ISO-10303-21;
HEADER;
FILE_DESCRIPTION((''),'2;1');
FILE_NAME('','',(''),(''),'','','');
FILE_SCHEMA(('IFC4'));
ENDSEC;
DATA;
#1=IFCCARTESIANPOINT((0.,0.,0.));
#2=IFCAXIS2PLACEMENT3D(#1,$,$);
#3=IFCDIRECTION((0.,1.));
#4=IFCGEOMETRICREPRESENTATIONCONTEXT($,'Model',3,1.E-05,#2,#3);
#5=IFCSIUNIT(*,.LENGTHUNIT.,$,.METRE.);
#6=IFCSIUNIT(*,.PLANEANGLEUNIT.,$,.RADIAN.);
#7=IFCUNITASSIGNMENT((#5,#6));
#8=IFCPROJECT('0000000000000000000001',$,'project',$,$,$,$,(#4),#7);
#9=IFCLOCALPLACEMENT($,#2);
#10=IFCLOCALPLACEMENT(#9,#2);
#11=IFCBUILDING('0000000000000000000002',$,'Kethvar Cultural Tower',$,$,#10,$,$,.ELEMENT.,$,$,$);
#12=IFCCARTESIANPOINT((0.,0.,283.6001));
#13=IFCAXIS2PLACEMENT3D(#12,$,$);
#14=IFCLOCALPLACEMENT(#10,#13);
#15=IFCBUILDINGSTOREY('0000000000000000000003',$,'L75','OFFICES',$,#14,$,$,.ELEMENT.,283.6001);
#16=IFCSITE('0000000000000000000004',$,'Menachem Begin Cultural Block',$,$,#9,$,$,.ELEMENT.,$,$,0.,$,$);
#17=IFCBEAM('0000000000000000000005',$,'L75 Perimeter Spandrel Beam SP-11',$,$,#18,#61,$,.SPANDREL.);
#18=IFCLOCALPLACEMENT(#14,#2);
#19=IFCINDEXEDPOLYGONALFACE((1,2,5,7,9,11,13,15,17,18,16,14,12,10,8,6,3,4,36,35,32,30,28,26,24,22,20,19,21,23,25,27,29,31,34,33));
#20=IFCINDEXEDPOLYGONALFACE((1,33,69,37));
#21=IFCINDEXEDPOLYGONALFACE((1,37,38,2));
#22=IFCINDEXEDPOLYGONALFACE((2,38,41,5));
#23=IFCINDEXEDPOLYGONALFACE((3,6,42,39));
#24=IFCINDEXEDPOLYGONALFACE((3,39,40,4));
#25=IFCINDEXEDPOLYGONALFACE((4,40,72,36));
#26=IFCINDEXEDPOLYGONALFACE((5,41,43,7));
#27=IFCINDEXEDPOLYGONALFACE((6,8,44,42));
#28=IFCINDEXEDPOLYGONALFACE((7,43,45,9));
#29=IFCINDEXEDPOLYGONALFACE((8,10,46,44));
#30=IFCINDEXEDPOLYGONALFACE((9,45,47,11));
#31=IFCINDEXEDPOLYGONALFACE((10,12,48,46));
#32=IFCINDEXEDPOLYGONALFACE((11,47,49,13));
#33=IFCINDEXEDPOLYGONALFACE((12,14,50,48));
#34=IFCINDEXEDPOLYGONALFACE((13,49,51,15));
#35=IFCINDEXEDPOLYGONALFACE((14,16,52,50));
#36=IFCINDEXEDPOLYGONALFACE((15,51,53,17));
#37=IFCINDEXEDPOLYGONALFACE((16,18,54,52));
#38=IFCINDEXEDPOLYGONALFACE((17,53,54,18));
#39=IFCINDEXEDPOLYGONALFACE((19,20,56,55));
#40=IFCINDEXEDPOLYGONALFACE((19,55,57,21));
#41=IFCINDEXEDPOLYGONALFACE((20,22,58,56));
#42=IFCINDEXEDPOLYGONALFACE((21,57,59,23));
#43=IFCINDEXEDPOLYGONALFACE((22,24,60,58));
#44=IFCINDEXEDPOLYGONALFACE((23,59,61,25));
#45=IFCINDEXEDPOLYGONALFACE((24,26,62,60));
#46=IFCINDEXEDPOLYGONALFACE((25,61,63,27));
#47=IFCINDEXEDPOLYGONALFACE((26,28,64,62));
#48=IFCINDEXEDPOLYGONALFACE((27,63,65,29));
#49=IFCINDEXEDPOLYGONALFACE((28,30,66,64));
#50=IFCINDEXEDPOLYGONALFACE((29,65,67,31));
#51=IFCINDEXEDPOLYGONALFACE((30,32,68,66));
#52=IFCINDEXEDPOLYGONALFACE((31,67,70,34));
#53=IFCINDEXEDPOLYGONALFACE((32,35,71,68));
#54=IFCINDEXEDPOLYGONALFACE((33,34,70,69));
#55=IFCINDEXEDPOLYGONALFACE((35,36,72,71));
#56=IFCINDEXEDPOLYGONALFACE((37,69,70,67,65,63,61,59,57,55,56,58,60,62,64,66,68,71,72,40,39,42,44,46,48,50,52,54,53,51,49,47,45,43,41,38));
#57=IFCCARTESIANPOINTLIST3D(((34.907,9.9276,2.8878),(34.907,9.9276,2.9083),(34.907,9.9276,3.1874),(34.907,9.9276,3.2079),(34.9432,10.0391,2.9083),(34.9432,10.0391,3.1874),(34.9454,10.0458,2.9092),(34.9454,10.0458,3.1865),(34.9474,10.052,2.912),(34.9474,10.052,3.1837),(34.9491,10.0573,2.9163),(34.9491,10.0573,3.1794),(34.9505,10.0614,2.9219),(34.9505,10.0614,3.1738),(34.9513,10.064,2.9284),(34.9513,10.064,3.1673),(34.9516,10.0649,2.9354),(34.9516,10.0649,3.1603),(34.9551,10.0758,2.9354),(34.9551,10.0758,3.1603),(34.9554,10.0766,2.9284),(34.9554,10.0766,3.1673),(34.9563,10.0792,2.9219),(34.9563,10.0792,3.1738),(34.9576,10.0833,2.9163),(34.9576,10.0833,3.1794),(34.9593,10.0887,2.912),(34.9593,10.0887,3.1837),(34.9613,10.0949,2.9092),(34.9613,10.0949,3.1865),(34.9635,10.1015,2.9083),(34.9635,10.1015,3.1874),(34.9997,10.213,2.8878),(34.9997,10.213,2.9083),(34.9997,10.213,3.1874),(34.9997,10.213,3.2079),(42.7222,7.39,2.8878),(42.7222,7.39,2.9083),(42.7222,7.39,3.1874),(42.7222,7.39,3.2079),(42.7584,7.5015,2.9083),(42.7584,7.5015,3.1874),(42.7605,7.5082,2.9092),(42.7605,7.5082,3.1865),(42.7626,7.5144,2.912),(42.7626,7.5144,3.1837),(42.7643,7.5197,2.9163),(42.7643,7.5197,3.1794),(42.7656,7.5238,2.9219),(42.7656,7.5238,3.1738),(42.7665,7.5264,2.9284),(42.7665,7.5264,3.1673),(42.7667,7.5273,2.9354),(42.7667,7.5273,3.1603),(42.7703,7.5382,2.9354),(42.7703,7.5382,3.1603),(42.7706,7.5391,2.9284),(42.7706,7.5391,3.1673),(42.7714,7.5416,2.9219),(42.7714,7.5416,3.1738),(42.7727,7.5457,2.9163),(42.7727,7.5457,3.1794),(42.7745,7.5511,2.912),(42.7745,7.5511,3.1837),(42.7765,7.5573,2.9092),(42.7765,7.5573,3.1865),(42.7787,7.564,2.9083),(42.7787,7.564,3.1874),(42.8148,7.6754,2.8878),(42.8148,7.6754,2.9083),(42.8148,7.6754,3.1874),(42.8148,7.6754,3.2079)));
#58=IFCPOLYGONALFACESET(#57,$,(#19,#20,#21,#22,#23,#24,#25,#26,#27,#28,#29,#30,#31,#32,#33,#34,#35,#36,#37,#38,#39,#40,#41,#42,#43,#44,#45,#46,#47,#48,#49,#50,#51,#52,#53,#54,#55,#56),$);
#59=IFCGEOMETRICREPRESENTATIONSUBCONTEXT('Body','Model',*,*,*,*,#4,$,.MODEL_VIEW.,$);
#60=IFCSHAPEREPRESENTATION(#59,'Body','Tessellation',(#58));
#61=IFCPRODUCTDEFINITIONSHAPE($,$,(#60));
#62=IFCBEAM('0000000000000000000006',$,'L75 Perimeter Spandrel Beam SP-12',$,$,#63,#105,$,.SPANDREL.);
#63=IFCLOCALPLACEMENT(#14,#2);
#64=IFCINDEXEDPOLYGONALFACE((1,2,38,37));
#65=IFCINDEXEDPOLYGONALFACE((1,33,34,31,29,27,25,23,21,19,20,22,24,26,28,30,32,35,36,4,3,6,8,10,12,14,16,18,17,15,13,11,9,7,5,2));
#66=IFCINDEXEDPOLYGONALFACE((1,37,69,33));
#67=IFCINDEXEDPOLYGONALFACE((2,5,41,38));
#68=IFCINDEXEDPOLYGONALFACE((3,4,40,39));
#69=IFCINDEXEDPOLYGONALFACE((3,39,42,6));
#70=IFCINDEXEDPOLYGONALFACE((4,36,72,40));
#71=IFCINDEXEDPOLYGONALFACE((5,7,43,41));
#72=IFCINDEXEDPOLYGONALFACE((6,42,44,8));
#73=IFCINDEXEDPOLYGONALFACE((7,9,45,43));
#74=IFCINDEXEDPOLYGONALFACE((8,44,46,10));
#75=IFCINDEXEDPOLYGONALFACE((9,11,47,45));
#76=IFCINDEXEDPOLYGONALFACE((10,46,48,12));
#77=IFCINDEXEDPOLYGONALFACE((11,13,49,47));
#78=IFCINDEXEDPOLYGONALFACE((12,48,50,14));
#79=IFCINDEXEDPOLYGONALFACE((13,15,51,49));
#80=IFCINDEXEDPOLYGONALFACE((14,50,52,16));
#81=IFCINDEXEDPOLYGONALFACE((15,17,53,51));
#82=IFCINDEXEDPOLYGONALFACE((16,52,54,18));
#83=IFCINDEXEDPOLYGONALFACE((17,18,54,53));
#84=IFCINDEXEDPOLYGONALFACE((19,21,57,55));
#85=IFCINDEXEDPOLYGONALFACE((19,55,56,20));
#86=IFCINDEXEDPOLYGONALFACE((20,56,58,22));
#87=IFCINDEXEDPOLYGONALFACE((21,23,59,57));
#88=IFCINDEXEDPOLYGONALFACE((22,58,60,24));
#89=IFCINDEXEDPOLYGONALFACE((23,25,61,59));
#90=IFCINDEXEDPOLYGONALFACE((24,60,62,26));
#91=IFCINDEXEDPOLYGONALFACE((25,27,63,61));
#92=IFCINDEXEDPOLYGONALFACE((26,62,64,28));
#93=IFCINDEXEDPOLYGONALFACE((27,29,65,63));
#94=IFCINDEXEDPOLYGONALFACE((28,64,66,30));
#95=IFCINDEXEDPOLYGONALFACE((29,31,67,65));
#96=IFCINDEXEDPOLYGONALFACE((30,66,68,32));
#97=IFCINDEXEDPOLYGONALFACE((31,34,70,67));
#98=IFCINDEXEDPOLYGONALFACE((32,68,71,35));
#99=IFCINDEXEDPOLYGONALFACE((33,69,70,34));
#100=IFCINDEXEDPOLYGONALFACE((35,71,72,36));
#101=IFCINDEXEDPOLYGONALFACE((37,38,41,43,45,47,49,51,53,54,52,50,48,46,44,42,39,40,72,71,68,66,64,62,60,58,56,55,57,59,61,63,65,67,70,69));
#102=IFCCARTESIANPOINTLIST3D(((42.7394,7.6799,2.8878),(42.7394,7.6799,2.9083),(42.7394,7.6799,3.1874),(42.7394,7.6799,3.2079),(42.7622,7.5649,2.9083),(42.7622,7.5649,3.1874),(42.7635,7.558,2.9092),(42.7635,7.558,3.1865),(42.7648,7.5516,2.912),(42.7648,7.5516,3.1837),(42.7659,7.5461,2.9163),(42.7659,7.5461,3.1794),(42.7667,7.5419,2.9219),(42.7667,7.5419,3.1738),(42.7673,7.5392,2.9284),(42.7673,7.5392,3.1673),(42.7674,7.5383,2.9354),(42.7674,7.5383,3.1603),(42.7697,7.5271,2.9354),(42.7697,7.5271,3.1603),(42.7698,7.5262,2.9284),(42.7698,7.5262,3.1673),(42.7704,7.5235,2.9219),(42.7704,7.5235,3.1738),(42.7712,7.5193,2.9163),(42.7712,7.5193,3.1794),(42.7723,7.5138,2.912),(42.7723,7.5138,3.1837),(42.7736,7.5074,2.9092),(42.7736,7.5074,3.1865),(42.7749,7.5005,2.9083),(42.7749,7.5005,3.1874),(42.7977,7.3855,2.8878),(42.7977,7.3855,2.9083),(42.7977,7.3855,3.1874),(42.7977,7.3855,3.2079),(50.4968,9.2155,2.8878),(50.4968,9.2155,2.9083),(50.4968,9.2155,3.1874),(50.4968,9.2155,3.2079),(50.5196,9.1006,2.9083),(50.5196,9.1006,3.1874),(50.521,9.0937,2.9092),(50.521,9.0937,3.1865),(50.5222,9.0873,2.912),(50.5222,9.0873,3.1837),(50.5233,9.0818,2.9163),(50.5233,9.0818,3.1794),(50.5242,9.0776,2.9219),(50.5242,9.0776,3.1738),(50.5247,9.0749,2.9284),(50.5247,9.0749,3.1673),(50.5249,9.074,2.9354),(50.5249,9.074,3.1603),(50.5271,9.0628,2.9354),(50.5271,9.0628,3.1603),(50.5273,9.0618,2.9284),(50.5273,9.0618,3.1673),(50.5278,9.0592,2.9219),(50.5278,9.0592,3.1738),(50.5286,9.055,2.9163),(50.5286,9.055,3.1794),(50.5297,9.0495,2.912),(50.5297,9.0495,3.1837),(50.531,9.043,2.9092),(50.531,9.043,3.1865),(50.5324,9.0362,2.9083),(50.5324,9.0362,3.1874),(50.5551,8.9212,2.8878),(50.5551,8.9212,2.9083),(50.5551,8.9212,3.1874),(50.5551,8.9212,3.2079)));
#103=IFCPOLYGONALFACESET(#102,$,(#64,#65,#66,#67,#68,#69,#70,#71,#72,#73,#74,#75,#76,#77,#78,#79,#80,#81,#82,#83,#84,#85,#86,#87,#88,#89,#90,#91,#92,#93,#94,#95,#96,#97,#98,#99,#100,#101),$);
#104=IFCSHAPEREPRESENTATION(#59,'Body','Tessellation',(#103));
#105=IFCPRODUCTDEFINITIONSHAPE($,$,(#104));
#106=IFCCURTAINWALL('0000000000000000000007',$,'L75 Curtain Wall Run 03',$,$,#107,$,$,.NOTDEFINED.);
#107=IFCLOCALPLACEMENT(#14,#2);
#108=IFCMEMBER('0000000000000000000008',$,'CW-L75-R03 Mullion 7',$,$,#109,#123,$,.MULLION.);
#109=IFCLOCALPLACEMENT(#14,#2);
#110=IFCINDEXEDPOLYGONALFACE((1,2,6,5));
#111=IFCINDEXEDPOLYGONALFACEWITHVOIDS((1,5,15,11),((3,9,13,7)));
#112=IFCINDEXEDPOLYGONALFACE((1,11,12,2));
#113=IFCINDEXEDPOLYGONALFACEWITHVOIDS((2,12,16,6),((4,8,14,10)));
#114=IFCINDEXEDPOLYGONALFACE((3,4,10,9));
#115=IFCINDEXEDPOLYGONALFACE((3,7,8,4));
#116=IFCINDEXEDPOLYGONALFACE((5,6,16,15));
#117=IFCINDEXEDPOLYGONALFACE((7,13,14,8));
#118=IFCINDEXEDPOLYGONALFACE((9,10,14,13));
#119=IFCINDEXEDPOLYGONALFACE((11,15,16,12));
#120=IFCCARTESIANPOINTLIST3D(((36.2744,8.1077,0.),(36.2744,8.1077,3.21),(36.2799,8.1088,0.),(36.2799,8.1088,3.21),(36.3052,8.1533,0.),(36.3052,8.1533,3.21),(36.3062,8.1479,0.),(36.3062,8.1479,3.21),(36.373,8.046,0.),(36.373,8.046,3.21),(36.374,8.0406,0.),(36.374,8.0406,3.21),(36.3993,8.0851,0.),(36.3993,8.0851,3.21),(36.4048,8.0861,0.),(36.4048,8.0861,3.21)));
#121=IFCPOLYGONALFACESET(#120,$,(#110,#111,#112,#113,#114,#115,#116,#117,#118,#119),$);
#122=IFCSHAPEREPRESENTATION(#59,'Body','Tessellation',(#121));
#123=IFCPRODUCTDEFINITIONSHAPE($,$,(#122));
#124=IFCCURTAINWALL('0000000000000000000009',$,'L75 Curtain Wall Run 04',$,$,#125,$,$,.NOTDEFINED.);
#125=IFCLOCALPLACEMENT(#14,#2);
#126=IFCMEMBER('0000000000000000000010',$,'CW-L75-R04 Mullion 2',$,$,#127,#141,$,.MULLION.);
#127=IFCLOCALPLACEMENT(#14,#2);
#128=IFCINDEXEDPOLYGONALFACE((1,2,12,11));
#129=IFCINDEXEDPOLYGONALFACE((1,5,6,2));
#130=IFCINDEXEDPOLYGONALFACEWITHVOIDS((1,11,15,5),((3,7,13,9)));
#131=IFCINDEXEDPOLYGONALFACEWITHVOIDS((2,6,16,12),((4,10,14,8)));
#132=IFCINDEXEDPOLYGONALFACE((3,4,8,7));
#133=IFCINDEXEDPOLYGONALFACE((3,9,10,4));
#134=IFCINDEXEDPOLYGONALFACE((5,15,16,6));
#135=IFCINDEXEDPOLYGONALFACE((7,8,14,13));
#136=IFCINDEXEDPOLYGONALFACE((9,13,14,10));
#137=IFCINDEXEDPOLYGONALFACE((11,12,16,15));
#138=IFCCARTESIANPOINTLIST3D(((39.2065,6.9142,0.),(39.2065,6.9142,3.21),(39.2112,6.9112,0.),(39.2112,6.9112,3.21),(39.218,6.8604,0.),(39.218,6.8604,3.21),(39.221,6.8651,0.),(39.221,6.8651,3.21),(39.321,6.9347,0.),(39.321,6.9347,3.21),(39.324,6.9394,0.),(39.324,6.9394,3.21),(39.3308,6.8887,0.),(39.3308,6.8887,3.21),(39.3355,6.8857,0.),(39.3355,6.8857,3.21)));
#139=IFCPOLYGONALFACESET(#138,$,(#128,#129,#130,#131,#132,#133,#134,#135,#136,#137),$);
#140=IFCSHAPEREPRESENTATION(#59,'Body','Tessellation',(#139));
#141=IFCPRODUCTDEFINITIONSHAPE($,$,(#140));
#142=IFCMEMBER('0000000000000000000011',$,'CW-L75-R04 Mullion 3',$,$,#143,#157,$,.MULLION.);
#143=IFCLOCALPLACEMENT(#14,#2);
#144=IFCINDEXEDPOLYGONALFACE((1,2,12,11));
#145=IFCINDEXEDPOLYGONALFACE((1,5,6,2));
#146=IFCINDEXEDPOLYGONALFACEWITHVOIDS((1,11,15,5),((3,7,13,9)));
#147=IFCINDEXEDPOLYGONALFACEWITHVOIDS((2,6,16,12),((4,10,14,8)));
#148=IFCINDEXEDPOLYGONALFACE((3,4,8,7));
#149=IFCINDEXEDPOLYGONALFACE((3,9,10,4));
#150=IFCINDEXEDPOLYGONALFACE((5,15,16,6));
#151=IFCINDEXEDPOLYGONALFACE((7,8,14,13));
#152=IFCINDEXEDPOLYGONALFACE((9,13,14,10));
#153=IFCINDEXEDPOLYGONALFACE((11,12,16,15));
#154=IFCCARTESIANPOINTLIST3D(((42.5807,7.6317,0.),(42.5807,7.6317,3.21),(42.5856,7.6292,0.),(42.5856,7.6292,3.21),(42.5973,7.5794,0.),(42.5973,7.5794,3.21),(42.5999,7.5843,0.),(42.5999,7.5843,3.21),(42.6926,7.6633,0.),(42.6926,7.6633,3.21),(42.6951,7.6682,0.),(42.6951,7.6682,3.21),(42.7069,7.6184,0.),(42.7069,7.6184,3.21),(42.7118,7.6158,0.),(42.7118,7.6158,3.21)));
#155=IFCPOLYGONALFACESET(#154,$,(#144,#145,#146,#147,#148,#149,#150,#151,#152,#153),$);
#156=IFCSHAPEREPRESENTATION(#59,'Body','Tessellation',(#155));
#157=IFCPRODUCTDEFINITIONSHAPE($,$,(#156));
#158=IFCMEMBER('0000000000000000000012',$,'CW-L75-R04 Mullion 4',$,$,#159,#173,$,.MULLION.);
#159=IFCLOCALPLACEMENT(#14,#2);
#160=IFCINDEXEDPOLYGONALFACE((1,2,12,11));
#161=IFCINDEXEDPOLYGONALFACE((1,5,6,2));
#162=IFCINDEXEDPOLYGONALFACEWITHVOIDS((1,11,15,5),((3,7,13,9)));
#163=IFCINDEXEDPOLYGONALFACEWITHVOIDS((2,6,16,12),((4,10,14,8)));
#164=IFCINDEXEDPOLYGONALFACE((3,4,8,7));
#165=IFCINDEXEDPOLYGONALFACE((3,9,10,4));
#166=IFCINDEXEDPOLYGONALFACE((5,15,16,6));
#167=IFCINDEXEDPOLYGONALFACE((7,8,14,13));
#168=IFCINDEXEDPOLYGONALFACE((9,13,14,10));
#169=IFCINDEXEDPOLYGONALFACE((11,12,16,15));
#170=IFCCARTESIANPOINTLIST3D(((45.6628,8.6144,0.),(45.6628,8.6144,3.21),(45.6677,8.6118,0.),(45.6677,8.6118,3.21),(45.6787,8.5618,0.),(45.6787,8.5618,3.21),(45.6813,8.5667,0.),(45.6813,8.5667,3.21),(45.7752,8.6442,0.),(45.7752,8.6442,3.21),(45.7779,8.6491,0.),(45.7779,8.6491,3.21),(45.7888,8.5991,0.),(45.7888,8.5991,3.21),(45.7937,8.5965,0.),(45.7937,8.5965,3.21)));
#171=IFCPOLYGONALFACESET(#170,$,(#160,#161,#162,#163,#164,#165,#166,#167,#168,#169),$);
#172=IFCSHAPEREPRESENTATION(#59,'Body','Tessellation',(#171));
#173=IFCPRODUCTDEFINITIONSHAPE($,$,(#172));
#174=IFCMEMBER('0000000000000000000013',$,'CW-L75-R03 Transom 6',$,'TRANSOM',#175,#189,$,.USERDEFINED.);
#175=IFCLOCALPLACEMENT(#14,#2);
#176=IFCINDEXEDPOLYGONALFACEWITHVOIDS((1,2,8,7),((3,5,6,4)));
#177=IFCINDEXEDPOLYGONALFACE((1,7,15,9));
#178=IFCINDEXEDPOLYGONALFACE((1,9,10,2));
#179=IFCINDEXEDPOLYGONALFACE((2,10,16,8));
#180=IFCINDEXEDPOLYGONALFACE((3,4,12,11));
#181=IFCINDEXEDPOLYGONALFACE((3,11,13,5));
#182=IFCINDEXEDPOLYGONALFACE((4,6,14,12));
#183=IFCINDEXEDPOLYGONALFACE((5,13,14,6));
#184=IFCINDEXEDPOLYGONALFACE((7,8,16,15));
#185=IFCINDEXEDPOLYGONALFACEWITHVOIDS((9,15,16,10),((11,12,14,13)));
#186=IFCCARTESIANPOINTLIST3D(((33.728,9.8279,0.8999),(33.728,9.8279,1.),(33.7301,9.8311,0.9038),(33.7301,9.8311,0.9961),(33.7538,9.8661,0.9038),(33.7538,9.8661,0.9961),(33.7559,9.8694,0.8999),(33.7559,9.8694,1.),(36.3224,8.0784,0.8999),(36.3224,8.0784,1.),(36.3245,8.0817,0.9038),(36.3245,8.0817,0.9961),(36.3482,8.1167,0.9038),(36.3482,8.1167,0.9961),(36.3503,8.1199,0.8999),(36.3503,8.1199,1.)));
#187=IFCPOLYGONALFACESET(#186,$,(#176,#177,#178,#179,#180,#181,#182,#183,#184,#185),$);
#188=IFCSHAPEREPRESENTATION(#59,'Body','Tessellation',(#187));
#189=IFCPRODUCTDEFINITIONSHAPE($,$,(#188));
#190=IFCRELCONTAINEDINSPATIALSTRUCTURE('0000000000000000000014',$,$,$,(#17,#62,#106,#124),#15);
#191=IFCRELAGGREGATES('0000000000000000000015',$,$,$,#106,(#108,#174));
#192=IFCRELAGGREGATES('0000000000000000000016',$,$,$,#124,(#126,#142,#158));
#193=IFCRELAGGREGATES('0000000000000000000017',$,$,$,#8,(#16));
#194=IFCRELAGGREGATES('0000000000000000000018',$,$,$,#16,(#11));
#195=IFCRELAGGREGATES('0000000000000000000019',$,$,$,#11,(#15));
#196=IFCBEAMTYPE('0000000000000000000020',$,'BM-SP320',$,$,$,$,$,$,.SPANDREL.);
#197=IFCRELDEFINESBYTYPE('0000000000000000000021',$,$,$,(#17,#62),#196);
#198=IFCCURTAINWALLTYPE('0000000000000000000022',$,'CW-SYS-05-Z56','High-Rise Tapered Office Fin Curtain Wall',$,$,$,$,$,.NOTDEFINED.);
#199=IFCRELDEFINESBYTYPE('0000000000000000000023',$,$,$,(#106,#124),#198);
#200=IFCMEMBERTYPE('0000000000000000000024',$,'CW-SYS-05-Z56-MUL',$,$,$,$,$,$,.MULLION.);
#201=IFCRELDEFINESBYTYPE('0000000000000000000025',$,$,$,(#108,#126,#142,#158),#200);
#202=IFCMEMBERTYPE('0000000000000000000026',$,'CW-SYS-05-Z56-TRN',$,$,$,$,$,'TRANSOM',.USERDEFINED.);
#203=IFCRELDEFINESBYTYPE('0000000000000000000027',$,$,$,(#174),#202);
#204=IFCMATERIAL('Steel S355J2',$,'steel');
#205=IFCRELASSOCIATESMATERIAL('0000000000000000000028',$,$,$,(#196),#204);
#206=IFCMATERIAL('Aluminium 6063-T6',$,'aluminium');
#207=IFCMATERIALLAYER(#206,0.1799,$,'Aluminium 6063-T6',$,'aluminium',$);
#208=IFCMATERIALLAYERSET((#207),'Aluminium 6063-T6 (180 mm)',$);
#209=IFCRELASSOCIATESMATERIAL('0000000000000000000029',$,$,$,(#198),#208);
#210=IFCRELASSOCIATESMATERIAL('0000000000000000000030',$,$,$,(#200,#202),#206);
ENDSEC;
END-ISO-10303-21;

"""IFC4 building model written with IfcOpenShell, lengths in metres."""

from ifc_helpers import new_model, si_unit, direction, frame, origin, origin_2d, place, context, subcontext, project, spatial, hollow_rectangle, i_section, extrude, source, transform, mapped, material, layer, layer_set, material_profile, profile_set, type_object, element, aggregate, save


model = new_model("IFC4")

# Units and contexts
model_context = context("Model", 3, precision=1e-05, world=origin(), true_north=direction((0.0, 1.0)))
body_context = subcontext(model_context, "Body", "Model", "MODEL_VIEW")
ifc_project = project(units=[si_unit("LENGTHUNIT", "METRE"), si_unit("PLANEANGLEUNIT", "RADIAN")], contexts=[model_context])

# Site, building, storey
site_placement = place(None, origin())
site = spatial("IfcSite", under=ifc_project, at=site_placement, Name="Menachem Begin Cultural Block", CompositionType="ELEMENT", RefElevation=0.0)
building_placement = place(site_placement, origin())
building = spatial("IfcBuilding", under=site, at=building_placement, Name="Kethvar Cultural Tower", CompositionType="ELEMENT")
storey_placement = place(building_placement, frame((0.0, 0.0, 283.6001)))
storey = spatial("IfcBuildingStorey", under=building, at=storey_placement, Name="L75", Description="OFFICES", CompositionType="ELEMENT", Elevation=283.6001)

# Beams
ifc_material_1 = material(Name="Steel S355J2", Category="steel")
ifc_material_profile_1 = material_profile(ifc_material_1, i_section(OverallWidth=0.3, OverallDepth=0.3201, WebThickness=0.0115, FlangeThickness=0.0205, FilletRadius=0.0271, at=origin_2d()), Name="Steel S355J2 — HEB320")
ifc_profile_set_1 = profile_set([ifc_material_profile_1], Name="Steel S355J2 — HEB320")
beam_type = type_object("IfcBeamType", Name="BM-SP320", PredefinedType="SPANDREL", material=ifc_profile_set_1)
shared_shape_1 = source(origin(), body_context, "Body", "SweptSolid", [
    extrude(i_section(OverallWidth=0.3, OverallDepth=0.3201, WebThickness=0.0115, FlangeThickness=0.0205, FilletRadius=0.0271, at=origin_2d()), origin(), (0.0, 0.0, 1.0), 8.2168),
])
beam_1_placement = place(storey_placement, frame((34.9534, 10.0703, 3.0479), z_axis=(0.951118, -0.308829, 0.0), x_axis=(0.308829, 0.951118, 0.0)))
element("IfcBeam", 1, at=beam_1_placement, inside=storey, type_object=beam_type, Name="L75 Perimeter Spandrel Beam SP-11", PredefinedType="SPANDREL", context=body_context, shape_type="MappedRepresentation", body=[
    mapped(shared_shape_1, transform((0.0, 0.0, 0.0), scale=1.0)),
])
shared_shape_2 = source(origin(), body_context, "Body", "SweptSolid", [
    extrude(i_section(OverallWidth=0.3, OverallDepth=0.3201, WebThickness=0.0115, FlangeThickness=0.0205, FilletRadius=0.0271, at=origin_2d()), origin(), (0.0, 0.0, 1.0), 7.908),
])
beam_2_placement = place(storey_placement, frame((42.7686, 7.5327, 3.0479), z_axis=(0.980964, 0.194192, 0.0), x_axis=(-0.194192, 0.980964, 0.0)))
element("IfcBeam", 2, at=beam_2_placement, inside=storey, type_object=beam_type, Name="L75 Perimeter Spandrel Beam SP-12", PredefinedType="SPANDREL", context=body_context, shape_type="MappedRepresentation", body=[
    mapped(shared_shape_2, transform((0.0, 0.0, 0.0), scale=1.0)),
])

# Curtain wall, member
ifc_material_2 = material(Name="Aluminium 6063-T6", Category="aluminium")
ifc_layer_1 = layer(ifc_material_2, 0.1799, Name="Aluminium 6063-T6", Category="aluminium")
ifc_layer_set_1 = layer_set([ifc_layer_1], Name="Aluminium 6063-T6 (180 mm)")
curtain_wall_type = type_object("IfcCurtainWallType", Name="CW-SYS-05-Z56", Description="High-Rise Tapered Office Fin Curtain Wall", PredefinedType="NOTDEFINED", material=ifc_layer_set_1)
curtain_wall_1_placement = place(storey_placement, origin())
curtain_wall_1 = element("IfcCurtainWall", 3, at=curtain_wall_1_placement, inside=storey, type_object=curtain_wall_type, Name="L75 Curtain Wall Run 03", PredefinedType="NOTDEFINED")
ifc_material_profile_2 = material_profile(ifc_material_2, hollow_rectangle(XDim=0.0549, YDim=0.1201, WallThickness=0.0039, at=origin_2d()), Name="Aluminium 6063-T6 — RHS120x55x4")
ifc_profile_set_2 = profile_set([ifc_material_profile_2], Name="Aluminium 6063-T6 — RHS120x55x4")
member_type_1 = type_object("IfcMemberType", Name="CW-SYS-05-Z56-MUL", PredefinedType="MULLION", material=ifc_profile_set_2)
shared_shape_3 = source(origin(), body_context, "Body", "SweptSolid", [
    extrude(hollow_rectangle(XDim=0.0549, YDim=0.1201, WallThickness=0.0039, at=origin_2d()), origin(), (0.0, 0.0, 1.0), 3.21),
])
member_1_placement = place(storey_placement, frame((36.3396, 8.0969, 0.0), z_axis=(0.0, 0.0, 1.0), x_axis=(0.559092, 0.829106, 0.0)))
member_1 = element("IfcMember", 4, at=member_1_placement, type_object=member_type_1, Name="CW-L75-R03 Mullion 7", PredefinedType="MULLION", context=body_context, shape_type="MappedRepresentation", body=[
    mapped(shared_shape_3, transform((0.0, 0.0, 0.0), scale=1.0)),
])

# Curtain wall, members
curtain_wall_2_placement = place(storey_placement, origin())
curtain_wall_2 = element("IfcCurtainWall", 5, at=curtain_wall_2_placement, inside=storey, type_object=curtain_wall_type, Name="L75 Curtain Wall Run 04", PredefinedType="NOTDEFINED")
member_2_placement = place(storey_placement, frame((39.271, 6.8999, 0.0), z_axis=(0.0, 0.0, 1.0), x_axis=(-0.20984, 0.977736, 0.0)))
member_2 = element("IfcMember", 6, at=member_2_placement, type_object=member_type_1, Name="CW-L75-R04 Mullion 2", PredefinedType="MULLION", context=body_context, shape_type="MappedRepresentation", body=[
    mapped(shared_shape_3, transform((0.0, 0.0, 0.0), scale=1.0)),
])
member_3_placement = place(storey_placement, frame((42.6462, 7.6238, 0.0), z_axis=(0.0, 0.0, 1.0), x_axis=(-0.303484, 0.952836, 0.0)))
member_3 = element("IfcMember", 7, at=member_3_placement, type_object=member_type_1, Name="CW-L75-R04 Mullion 3", PredefinedType="MULLION", context=body_context, shape_type="MappedRepresentation", body=[
    mapped(shared_shape_3, transform((0.0, 0.0, 0.0), scale=1.0)),
])
member_4_placement = place(storey_placement, frame((45.7283, 8.6055, 0.0), z_axis=(0.0, 0.0, 1.0), x_axis=(-0.288531, 0.957471, 0.0)))
member_4 = element("IfcMember", 8, at=member_4_placement, type_object=member_type_1, Name="CW-L75-R04 Mullion 4", PredefinedType="MULLION", context=body_context, shape_type="MappedRepresentation", body=[
    mapped(shared_shape_3, transform((0.0, 0.0, 0.0), scale=1.0)),
])

# Member
ifc_material_profile_3 = material_profile(ifc_material_2, hollow_rectangle(XDim=0.05, YDim=0.1001, WallThickness=0.0039, at=origin_2d()), Name="Aluminium 6063-T6 — RHS100x50x4")
ifc_profile_set_3 = profile_set([ifc_material_profile_3], Name="Aluminium 6063-T6 — RHS100x50x4")
member_type_2 = type_object("IfcMemberType", Name="CW-SYS-05-Z56-TRN", ElementType="TRANSOM", PredefinedType="USERDEFINED", material=ifc_profile_set_3)
shared_shape_4 = source(origin(), body_context, "Body", "SweptSolid", [
    extrude(hollow_rectangle(XDim=0.05, YDim=0.1001, WallThickness=0.0039, at=origin_2d()), origin(), (0.0, 0.0, 1.0), 3.1292),
])
member_5_placement = place(storey_placement, frame((33.7419, 9.8486, 0.95), z_axis=(0.82911, -0.559086, 0.0), x_axis=(0.559086, 0.82911, 0.0)))
member_5 = element("IfcMember", 9, at=member_5_placement, type_object=member_type_2, Name="CW-L75-R03 Transom 6", ObjectType="TRANSOM", PredefinedType="USERDEFINED", context=body_context, shape_type="MappedRepresentation", body=[
    mapped(shared_shape_4, transform((0.0, 0.0, 0.0), scale=1.0)),
])

aggregate(curtain_wall_1, [member_1, member_5])
aggregate(curtain_wall_2, [member_2, member_3, member_4])

save(model, "model.ifc")
